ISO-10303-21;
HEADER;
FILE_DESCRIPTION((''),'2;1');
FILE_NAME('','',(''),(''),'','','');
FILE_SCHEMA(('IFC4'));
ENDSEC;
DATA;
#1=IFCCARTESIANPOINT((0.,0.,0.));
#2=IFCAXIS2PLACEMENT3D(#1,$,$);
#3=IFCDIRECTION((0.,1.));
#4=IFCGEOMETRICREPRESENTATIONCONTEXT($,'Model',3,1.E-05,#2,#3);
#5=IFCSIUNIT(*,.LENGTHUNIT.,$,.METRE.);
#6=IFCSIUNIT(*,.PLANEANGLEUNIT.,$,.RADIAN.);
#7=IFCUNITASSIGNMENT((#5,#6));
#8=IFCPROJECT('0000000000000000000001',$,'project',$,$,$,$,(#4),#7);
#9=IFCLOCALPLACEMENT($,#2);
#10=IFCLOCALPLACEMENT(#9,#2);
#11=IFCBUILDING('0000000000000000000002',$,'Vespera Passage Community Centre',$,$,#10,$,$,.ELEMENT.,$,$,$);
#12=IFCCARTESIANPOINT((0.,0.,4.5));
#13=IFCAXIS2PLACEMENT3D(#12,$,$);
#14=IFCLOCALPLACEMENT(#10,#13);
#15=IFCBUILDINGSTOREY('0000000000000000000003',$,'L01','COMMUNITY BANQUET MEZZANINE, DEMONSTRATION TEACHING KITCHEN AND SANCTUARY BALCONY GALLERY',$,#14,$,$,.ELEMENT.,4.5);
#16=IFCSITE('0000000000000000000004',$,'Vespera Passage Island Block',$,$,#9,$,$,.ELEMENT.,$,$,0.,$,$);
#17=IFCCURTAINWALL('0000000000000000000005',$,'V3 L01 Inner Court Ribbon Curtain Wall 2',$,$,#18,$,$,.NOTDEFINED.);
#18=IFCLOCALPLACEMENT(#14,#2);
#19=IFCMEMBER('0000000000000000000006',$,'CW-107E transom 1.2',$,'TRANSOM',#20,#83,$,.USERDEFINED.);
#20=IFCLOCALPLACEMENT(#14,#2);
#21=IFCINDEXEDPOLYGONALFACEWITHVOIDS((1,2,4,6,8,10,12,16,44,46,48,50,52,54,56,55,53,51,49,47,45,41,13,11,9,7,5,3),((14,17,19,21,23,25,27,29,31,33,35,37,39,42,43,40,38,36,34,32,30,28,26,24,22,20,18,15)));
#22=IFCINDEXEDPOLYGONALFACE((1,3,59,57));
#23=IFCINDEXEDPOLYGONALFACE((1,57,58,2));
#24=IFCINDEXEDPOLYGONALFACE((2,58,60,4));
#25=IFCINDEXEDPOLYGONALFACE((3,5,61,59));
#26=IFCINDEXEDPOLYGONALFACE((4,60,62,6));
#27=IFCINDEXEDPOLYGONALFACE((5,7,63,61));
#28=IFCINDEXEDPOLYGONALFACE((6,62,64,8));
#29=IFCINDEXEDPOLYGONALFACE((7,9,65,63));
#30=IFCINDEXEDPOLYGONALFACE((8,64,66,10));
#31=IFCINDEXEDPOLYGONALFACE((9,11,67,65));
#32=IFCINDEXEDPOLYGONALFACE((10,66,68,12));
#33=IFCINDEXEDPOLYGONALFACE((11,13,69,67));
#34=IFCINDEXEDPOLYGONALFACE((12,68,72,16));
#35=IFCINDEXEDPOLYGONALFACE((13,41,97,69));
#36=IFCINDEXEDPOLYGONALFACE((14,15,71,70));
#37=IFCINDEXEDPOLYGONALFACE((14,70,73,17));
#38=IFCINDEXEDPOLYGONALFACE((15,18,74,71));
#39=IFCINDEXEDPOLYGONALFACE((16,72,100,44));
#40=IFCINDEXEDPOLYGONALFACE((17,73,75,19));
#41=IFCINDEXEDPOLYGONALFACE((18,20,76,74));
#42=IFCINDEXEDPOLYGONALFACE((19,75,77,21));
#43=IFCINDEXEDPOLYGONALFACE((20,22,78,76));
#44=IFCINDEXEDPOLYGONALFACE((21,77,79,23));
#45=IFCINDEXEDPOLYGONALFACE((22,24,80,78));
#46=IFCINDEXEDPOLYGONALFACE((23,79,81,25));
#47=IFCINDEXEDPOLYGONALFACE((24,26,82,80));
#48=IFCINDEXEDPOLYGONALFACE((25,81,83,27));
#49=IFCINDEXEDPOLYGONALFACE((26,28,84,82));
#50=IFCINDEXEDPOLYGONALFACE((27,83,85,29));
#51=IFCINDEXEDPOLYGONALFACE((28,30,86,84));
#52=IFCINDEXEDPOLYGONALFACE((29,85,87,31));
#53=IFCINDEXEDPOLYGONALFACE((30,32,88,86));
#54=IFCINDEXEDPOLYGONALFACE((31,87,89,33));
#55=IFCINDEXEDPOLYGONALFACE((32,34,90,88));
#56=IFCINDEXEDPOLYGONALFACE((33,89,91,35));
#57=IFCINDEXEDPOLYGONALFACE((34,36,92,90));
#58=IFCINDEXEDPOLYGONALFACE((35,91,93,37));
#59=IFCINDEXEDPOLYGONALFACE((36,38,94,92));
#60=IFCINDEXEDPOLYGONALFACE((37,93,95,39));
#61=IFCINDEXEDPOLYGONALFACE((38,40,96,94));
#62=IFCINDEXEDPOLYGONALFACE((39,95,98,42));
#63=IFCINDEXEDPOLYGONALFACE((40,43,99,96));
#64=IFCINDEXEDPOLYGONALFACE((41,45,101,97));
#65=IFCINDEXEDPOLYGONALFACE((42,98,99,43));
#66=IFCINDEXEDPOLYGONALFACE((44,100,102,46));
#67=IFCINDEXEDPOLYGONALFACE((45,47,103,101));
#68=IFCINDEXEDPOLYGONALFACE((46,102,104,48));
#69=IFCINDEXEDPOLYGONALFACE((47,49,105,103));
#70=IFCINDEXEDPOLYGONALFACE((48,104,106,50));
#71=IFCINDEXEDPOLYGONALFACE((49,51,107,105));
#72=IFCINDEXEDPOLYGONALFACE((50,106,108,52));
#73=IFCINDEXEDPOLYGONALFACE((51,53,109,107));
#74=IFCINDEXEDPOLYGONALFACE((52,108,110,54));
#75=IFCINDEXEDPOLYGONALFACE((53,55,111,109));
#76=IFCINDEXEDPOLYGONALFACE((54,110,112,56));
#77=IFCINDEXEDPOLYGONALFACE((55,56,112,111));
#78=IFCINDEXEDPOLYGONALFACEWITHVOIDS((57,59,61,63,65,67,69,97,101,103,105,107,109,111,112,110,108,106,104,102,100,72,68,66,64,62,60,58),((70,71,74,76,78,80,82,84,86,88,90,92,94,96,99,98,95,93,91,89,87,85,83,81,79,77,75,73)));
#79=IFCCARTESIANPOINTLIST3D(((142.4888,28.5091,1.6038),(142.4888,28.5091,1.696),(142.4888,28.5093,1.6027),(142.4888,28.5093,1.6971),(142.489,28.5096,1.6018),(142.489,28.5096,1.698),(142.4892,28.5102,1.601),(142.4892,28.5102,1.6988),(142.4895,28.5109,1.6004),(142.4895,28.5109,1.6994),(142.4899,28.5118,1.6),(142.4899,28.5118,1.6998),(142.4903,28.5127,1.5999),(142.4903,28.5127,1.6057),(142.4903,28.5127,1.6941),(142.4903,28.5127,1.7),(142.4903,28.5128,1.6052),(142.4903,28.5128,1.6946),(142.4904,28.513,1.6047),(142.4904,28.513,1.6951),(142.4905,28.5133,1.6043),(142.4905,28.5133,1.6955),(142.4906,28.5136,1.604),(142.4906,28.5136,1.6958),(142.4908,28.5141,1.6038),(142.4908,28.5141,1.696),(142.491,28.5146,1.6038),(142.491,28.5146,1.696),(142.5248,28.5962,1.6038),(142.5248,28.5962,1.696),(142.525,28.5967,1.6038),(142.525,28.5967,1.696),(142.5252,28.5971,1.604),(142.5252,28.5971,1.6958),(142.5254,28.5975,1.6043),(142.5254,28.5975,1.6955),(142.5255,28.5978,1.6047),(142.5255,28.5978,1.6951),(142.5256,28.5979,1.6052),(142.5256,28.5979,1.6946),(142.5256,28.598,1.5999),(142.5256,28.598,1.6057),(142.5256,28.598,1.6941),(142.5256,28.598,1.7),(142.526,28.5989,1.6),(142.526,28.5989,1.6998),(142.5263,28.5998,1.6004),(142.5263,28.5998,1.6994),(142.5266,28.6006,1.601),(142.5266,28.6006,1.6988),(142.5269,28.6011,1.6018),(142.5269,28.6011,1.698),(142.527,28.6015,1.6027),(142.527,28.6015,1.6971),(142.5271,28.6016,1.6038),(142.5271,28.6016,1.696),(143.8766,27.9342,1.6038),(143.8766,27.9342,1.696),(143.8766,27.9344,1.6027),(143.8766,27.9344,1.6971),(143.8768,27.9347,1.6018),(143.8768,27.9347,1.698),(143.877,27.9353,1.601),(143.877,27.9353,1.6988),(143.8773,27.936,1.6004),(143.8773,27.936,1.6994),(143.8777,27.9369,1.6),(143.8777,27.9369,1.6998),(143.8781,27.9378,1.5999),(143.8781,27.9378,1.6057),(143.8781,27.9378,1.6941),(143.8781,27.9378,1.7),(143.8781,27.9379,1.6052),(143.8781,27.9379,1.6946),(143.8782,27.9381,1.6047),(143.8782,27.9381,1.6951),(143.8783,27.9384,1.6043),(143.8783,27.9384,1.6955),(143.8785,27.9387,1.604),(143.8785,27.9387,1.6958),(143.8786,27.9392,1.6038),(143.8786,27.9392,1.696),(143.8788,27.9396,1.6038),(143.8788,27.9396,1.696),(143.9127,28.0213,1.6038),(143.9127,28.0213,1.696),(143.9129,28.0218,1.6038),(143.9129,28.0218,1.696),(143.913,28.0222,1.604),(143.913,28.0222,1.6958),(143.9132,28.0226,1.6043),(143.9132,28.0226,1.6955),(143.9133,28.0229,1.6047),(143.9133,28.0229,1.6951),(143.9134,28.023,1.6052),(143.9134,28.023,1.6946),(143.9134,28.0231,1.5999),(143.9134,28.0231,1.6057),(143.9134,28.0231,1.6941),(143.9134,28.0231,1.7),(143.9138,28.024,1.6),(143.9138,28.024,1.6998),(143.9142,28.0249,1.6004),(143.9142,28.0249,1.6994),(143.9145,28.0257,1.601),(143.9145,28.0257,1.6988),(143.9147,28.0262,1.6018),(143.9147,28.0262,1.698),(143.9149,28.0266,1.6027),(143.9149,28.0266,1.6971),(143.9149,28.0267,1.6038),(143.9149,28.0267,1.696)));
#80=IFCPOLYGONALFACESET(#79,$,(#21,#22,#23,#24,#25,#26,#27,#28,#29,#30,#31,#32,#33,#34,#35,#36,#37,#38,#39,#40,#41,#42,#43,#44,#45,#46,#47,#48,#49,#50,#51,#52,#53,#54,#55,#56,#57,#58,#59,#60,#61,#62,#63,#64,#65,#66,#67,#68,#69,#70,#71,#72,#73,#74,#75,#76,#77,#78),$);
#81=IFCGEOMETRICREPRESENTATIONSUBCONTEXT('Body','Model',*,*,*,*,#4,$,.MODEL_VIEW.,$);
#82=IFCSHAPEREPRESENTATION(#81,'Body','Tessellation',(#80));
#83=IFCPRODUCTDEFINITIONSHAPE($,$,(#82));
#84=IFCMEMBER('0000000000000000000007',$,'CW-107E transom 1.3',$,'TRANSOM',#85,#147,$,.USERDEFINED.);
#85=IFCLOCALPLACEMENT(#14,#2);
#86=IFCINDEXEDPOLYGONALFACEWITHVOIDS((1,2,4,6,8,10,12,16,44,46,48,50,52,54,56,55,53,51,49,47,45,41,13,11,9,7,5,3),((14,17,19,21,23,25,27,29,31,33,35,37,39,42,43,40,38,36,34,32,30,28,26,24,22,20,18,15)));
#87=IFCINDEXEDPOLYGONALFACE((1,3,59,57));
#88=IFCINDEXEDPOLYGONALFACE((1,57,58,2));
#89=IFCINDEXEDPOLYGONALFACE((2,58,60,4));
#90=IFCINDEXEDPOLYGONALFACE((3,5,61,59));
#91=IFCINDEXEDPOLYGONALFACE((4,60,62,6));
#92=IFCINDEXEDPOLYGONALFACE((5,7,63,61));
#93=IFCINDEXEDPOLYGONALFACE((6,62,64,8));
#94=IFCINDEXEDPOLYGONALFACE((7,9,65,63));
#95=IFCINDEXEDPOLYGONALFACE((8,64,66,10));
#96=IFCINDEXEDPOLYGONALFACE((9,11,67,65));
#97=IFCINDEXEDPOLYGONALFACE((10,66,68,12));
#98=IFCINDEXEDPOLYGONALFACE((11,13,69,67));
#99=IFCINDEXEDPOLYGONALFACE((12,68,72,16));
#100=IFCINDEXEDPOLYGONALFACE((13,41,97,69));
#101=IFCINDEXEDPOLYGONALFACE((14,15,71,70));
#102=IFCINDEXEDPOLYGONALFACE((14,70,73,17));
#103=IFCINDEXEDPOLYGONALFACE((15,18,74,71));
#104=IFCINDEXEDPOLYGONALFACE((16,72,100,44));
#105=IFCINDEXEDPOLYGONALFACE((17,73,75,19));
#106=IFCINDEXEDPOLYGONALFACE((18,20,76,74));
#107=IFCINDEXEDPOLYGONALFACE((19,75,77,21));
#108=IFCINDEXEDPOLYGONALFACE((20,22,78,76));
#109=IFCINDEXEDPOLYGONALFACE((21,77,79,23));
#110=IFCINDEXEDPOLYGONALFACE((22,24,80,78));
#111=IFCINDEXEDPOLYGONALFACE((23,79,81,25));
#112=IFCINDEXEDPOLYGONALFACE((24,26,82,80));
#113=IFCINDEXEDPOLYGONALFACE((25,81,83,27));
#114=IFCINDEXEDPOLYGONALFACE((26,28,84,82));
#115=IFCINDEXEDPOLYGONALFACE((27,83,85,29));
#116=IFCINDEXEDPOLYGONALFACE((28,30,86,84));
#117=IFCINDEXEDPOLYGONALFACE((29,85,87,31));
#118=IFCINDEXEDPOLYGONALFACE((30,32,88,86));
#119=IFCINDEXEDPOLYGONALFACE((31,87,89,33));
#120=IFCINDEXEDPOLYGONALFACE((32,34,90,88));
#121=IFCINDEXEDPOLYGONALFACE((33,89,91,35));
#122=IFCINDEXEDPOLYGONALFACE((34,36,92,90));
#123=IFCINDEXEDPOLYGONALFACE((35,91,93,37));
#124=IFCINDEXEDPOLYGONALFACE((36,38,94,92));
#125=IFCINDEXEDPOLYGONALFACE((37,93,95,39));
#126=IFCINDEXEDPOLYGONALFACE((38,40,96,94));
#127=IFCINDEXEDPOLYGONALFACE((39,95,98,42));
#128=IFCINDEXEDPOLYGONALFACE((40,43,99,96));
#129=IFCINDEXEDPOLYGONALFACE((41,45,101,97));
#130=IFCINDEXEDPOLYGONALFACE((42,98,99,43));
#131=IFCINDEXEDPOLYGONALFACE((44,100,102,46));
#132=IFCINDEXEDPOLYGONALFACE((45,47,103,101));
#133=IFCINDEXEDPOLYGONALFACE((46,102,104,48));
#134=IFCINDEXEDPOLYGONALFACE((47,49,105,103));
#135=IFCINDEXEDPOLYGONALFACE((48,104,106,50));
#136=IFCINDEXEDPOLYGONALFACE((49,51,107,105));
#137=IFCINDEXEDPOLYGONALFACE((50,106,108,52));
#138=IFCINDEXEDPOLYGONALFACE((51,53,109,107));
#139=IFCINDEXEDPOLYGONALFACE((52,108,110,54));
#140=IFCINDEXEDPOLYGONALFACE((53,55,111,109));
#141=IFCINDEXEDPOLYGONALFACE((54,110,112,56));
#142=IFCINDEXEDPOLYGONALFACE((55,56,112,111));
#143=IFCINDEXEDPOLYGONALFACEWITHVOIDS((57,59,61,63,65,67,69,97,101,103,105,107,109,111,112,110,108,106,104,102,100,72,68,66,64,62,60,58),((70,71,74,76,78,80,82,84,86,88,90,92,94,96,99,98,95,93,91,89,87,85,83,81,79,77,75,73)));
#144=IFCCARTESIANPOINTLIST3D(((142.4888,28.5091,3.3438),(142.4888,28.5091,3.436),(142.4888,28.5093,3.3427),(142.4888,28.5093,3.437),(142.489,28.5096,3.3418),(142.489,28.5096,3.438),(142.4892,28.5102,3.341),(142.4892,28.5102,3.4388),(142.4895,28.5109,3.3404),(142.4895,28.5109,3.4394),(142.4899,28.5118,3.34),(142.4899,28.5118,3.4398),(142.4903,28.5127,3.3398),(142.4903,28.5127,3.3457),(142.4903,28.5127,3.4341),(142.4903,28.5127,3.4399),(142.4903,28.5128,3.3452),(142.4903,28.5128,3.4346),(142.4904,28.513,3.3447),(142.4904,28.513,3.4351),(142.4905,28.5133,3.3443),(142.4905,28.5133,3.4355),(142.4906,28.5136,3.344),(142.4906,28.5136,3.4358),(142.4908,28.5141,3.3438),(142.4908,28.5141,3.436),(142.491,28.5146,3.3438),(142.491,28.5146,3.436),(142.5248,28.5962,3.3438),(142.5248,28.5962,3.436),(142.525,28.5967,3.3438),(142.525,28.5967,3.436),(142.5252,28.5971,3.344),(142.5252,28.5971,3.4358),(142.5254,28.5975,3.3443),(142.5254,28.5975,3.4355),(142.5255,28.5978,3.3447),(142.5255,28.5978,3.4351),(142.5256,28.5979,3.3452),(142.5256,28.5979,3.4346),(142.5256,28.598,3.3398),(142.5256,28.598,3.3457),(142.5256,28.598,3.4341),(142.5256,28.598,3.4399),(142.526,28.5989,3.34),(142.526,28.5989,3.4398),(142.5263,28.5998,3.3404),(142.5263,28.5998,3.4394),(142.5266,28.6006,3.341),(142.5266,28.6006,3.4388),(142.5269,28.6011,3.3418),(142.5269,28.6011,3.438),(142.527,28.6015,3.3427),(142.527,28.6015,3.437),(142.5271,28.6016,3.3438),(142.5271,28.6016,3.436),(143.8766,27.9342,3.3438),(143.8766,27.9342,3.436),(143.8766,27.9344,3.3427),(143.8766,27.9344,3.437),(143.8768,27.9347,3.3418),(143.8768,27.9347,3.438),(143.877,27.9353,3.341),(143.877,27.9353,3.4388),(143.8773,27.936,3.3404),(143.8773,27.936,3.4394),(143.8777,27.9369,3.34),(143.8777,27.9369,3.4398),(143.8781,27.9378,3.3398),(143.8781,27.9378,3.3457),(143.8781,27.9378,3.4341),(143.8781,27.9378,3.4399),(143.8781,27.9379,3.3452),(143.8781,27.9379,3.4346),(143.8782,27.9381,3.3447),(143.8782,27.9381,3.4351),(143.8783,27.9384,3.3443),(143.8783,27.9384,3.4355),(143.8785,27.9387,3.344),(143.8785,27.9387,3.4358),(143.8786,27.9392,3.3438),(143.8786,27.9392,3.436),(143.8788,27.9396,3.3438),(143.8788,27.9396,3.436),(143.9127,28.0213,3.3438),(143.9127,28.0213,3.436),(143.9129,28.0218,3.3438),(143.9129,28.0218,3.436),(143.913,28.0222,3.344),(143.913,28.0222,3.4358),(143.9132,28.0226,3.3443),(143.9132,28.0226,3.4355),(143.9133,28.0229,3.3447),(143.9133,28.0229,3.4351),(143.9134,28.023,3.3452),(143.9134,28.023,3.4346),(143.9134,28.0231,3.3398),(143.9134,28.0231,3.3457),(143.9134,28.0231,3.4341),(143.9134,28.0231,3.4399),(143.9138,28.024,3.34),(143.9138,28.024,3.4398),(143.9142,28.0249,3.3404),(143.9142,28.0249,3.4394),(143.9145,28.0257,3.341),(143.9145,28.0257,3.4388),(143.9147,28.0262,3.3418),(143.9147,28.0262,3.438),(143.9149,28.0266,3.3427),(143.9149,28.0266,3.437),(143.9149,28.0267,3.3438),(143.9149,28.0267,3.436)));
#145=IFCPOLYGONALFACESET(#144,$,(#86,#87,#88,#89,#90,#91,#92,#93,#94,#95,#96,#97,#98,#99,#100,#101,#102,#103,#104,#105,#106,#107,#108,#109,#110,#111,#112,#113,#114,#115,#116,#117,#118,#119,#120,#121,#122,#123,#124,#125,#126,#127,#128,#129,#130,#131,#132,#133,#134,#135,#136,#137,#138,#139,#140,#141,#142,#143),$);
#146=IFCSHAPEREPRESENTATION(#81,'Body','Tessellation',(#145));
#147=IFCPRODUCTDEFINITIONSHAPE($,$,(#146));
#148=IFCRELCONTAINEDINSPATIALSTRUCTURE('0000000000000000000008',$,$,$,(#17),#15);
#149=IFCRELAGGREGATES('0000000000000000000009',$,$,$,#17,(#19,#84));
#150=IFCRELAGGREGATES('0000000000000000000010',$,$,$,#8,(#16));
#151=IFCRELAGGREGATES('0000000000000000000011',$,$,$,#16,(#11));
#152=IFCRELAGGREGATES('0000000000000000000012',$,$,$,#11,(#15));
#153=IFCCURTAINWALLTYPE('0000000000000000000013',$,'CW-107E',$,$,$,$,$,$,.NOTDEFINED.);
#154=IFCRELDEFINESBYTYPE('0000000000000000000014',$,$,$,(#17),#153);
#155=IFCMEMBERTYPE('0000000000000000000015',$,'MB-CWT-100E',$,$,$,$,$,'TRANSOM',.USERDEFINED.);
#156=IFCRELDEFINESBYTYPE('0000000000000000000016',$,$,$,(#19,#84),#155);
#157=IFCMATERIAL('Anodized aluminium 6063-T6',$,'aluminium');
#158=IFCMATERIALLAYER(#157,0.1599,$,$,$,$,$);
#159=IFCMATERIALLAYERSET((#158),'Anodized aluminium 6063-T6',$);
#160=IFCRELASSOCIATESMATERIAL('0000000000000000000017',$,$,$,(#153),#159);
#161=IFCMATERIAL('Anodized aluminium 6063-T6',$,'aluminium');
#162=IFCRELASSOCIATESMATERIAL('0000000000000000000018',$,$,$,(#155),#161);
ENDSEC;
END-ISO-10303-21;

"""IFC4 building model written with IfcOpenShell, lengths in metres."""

from ifc_helpers import new_model, si_unit, direction, frame, origin, origin_2d, place, context, subcontext, project, spatial, hollow_rectangle, extrude, material, layer, layer_set, material_profile, profile_set, type_object, element, aggregate, save


model = new_model("IFC4")

# Units and contexts
model_context = context("Model", 3, precision=1e-05, world=origin(), true_north=direction((0.0, 1.0)))
body_context = subcontext(model_context, "Body", "Model", "MODEL_VIEW")
ifc_project = project(units=[si_unit("LENGTHUNIT", "METRE"), si_unit("PLANEANGLEUNIT", "RADIAN")], contexts=[model_context])

# Site, building, storey
site_placement = place(None, origin())
site = spatial("IfcSite", under=ifc_project, at=site_placement, Name="Vespera Passage Island Block", CompositionType="ELEMENT", RefElevation=0.0)
building_placement = place(site_placement, origin())
building = spatial("IfcBuilding", under=site, at=building_placement, Name="Vespera Passage Community Centre", CompositionType="ELEMENT")
storey_placement = place(building_placement, frame((0.0, 0.0, 4.5)))
storey = spatial("IfcBuildingStorey", under=building, at=storey_placement, Name="L01", Description="COMMUNITY BANQUET MEZZANINE, DEMONSTRATION TEACHING KITCHEN AND SANCTUARY BALCONY GALLERY", CompositionType="ELEMENT", Elevation=4.5)

# Shared definitions
ifc_material_1 = material(Name="Anodized aluminium 6063-T6", Category="aluminium")
ifc_layer_1 = layer(ifc_material_1, 0.1599)
ifc_layer_set_1 = layer_set([ifc_layer_1], Name="Anodized aluminium 6063-T6")
curtain_wall_type = type_object("IfcCurtainWallType", Name="CW-107E", PredefinedType="NOTDEFINED", material=ifc_layer_set_1)

# Curtain wall
curtain_wall_1_placement = place(storey_placement, origin())
curtain_wall_1 = element("IfcCurtainWall", 1, at=curtain_wall_1_placement, inside=storey, type_object=curtain_wall_type, Name="V3 L01 Inner Court Ribbon Curtain Wall 2", PredefinedType="NOTDEFINED")

# Members
ifc_material_2 = material(Name="Anodized aluminium 6063-T6", Category="aluminium")
ifc_material_profile_1 = material_profile(ifc_material_2, hollow_rectangle(XDim=0.1001, YDim=0.1001, WallThickness=0.0039, InnerFilletRadius=0.002, OuterFilletRadius=0.0039, at=origin_2d()), Name="ALU100X100X4")
ifc_profile_set_1 = profile_set([ifc_material_profile_1], Name="Anodized aluminium 6063-T6")
member_type_1 = type_object("IfcMemberType", Name="MB-CWT-100E", ElementType="TRANSOM", PredefinedType="USERDEFINED", material=ifc_profile_set_1)
member_1_placement = place(storey_placement, frame((143.8958, 27.9805, 1.6499), z_axis=(-0.923868, 0.382711, 0.0), x_axis=(-0.382711, -0.923868, 0.0)))
member_1 = element("IfcMember", 2, at=member_1_placement, type_object=member_type_1, Name="CW-107E transom 1.2", ObjectType="TRANSOM", PredefinedType="USERDEFINED", context=body_context, shape_type="SweptSolid", body=[
    extrude(hollow_rectangle(XDim=0.1001, YDim=0.1001, WallThickness=0.0039, InnerFilletRadius=0.002, OuterFilletRadius=0.0039, at=origin_2d()), origin(), (0.0, 0.0, 1.0), 1.5022),
])
member_2_placement = place(storey_placement, frame((143.8958, 27.9805, 3.3899), z_axis=(-0.923868, 0.382711, 0.0), x_axis=(-0.382711, -0.923868, 0.0)))
member_2 = element("IfcMember", 3, at=member_2_placement, type_object=member_type_1, Name="CW-107E transom 1.3", ObjectType="TRANSOM", PredefinedType="USERDEFINED", context=body_context, shape_type="SweptSolid", body=[
    extrude(hollow_rectangle(XDim=0.1001, YDim=0.1001, WallThickness=0.0039, InnerFilletRadius=0.002, OuterFilletRadius=0.0039, at=origin_2d()), origin(), (0.0, 0.0, 1.0), 1.5022),
])

aggregate(curtain_wall_1, [member_1, member_2])

save(model, "model.ifc")
